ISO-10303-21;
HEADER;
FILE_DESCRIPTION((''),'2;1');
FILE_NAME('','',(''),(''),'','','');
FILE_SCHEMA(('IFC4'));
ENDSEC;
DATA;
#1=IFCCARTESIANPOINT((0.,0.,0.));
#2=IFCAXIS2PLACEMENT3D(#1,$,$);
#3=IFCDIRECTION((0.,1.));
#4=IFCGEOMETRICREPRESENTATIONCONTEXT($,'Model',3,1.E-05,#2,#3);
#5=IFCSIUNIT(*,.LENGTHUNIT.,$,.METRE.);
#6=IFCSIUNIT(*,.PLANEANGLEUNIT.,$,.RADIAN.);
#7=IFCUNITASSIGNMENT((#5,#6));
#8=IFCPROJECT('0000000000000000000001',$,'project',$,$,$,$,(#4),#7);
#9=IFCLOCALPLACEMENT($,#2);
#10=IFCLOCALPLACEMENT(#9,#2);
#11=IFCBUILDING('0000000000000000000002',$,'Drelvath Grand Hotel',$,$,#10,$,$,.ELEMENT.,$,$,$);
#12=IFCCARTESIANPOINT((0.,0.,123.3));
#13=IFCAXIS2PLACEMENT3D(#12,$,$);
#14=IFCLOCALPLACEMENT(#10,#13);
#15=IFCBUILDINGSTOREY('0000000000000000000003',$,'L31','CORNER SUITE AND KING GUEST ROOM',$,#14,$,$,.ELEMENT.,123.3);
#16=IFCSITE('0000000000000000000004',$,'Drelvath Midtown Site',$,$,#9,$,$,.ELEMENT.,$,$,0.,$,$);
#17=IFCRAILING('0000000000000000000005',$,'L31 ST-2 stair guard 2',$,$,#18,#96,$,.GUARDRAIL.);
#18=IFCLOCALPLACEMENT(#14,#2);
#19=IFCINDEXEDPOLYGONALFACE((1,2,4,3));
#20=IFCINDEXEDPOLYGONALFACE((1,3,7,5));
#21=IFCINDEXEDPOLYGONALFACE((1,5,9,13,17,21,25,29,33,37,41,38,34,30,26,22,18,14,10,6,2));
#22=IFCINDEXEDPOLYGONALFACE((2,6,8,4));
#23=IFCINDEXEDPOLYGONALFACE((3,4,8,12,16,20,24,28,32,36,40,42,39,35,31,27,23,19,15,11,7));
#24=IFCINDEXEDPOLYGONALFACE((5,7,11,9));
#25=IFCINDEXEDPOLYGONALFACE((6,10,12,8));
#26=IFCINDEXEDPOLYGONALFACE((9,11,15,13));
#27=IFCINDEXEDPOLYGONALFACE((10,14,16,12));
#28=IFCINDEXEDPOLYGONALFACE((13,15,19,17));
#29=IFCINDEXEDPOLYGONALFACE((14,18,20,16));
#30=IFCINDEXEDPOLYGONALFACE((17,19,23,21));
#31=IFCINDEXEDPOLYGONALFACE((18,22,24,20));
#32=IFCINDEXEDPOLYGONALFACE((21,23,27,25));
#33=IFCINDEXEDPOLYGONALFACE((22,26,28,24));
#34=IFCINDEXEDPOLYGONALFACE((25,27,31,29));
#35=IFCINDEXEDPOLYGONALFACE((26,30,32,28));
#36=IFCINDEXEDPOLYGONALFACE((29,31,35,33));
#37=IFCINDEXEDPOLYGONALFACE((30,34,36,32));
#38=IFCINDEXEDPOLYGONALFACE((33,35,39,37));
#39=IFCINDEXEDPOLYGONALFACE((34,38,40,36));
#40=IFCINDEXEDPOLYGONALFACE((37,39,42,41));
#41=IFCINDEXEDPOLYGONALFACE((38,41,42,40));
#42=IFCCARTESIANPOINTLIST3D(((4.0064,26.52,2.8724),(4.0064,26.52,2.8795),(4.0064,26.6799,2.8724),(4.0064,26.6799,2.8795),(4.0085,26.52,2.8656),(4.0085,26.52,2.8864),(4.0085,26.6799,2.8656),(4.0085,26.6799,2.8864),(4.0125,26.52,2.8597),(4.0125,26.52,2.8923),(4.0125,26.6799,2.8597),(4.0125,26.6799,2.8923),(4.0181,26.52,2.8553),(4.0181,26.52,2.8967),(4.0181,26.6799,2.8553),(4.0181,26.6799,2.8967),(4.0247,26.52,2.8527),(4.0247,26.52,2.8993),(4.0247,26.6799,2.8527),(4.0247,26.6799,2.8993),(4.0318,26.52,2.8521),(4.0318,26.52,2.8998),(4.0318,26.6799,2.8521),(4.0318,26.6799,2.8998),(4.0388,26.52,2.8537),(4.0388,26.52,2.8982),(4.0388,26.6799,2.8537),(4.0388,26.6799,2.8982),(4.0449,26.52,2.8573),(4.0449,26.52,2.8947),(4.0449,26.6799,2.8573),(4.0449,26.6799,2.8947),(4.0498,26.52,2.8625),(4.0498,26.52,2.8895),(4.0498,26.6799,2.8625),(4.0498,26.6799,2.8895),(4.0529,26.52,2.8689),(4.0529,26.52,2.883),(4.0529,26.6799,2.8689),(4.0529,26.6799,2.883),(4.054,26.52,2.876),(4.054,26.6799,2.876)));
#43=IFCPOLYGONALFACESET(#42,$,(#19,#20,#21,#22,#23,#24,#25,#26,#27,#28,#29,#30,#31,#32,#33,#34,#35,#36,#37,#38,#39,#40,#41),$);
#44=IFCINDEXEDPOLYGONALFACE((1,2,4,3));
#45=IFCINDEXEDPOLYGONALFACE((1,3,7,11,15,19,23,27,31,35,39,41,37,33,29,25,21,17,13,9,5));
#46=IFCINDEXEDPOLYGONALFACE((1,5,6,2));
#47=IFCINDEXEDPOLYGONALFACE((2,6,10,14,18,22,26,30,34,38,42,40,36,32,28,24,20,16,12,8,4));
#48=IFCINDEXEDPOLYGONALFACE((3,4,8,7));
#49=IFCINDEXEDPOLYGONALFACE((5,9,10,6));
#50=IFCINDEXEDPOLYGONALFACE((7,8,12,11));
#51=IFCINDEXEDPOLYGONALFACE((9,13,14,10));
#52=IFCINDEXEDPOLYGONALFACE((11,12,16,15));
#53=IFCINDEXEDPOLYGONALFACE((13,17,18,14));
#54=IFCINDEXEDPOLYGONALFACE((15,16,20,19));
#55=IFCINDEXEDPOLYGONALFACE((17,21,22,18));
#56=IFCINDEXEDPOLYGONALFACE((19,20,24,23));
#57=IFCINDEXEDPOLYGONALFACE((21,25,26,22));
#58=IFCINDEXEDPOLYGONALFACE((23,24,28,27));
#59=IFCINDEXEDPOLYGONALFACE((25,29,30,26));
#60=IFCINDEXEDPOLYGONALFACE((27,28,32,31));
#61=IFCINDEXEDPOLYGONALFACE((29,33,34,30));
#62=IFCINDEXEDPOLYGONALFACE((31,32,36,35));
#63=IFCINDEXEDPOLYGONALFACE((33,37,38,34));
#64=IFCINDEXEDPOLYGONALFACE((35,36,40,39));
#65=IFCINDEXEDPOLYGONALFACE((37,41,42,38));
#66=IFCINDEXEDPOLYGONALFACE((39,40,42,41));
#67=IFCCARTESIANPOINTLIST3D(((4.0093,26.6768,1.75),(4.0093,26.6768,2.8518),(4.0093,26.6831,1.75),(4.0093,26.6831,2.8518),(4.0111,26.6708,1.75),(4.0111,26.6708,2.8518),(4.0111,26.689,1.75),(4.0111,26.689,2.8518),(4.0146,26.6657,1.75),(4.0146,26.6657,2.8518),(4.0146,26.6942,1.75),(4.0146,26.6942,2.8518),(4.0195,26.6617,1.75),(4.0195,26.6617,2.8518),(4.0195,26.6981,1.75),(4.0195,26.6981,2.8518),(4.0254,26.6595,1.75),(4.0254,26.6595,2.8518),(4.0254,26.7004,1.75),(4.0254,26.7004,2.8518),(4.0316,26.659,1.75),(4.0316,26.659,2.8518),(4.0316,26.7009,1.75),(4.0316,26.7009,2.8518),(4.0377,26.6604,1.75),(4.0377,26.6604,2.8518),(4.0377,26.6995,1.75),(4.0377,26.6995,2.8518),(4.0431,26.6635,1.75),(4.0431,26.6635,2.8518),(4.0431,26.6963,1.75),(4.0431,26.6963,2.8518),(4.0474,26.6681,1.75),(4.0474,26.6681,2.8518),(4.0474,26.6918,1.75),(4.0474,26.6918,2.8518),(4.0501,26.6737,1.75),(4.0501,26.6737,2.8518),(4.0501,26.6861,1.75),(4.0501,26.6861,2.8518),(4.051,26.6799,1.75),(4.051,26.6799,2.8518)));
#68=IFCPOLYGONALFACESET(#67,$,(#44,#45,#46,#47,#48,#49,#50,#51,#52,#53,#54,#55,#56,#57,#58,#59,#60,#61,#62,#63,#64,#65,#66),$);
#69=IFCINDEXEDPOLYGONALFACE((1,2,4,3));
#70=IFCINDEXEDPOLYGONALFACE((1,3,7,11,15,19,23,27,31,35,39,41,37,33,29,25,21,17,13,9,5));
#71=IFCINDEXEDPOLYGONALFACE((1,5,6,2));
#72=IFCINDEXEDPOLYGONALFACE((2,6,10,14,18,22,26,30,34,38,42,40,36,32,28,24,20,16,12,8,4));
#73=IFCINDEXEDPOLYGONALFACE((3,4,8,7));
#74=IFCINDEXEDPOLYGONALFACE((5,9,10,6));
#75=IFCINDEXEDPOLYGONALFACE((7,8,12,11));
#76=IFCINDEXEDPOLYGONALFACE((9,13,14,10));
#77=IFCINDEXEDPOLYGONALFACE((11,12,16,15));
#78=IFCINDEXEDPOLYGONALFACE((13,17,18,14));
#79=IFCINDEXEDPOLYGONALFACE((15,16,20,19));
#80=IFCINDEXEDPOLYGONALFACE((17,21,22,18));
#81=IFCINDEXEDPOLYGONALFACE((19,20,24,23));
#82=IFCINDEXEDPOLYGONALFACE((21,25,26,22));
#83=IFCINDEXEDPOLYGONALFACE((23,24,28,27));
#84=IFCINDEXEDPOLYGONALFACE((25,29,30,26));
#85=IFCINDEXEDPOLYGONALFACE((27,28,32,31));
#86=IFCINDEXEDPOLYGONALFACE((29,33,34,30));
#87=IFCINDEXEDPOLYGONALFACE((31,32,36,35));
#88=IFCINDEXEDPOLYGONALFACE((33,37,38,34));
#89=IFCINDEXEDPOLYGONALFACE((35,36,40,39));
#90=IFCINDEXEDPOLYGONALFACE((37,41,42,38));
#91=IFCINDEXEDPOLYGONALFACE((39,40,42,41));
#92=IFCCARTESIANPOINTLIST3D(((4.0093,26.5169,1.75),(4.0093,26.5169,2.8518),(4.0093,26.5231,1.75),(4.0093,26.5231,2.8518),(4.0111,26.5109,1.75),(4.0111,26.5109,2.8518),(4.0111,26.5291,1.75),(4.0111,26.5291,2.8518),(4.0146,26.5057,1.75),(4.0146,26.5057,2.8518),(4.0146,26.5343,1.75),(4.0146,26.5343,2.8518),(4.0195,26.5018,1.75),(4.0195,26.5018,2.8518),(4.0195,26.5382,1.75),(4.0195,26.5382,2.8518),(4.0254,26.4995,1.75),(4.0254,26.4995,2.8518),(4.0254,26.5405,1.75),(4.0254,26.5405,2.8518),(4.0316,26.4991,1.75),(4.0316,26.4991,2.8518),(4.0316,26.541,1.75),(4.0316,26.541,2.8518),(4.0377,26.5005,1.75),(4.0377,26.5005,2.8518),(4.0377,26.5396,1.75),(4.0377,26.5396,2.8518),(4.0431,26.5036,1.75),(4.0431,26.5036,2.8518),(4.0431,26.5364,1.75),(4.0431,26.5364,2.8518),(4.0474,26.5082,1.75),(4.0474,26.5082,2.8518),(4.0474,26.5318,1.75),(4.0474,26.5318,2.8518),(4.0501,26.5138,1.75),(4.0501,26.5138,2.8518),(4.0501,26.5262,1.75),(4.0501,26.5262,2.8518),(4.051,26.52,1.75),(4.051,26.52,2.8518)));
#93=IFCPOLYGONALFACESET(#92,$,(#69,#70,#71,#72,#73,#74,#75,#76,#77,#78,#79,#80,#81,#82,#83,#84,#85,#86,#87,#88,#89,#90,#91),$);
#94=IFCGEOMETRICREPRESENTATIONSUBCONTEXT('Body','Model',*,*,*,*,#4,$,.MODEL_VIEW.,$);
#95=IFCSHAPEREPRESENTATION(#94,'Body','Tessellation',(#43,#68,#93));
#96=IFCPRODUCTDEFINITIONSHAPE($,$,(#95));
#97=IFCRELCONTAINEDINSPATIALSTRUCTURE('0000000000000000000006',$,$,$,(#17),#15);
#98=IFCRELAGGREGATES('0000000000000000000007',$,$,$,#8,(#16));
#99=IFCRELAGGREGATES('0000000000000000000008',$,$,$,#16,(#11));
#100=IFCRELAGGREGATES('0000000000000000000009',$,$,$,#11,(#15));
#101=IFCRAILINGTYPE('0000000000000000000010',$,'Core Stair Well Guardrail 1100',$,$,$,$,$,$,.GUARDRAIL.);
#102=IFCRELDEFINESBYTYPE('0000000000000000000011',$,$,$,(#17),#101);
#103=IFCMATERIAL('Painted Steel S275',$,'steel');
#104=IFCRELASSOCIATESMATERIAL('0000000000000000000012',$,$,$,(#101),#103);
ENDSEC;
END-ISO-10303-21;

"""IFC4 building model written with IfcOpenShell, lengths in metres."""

from ifc_helpers import new_model, si_unit, direction, frame, origin, origin_2d, place, context, subcontext, project, spatial, circle, extrude, material, type_object, element, save


model = new_model("IFC4")

# Units and contexts
model_context = context("Model", 3, precision=1e-05, world=origin(), true_north=direction((0.0, 1.0)))
body_context = subcontext(model_context, "Body", "Model", "MODEL_VIEW")
ifc_project = project(units=[si_unit("LENGTHUNIT", "METRE"), si_unit("PLANEANGLEUNIT", "RADIAN")], contexts=[model_context])

# Site, building, storey
site_placement = place(None, origin())
site = spatial("IfcSite", under=ifc_project, at=site_placement, Name="Drelvath Midtown Site", CompositionType="ELEMENT", RefElevation=0.0)
building_placement = place(site_placement, origin())
building = spatial("IfcBuilding", under=site, at=building_placement, Name="Drelvath Grand Hotel", CompositionType="ELEMENT")
storey_placement = place(building_placement, frame((0.0, 0.0, 123.3)))
storey = spatial("IfcBuildingStorey", under=building, at=storey_placement, Name="L31", Description="CORNER SUITE AND KING GUEST ROOM", CompositionType="ELEMENT", Elevation=123.3)

# Railing
ifc_material_1 = material(Name="Painted Steel S275", Category="steel")
railing_type_1 = type_object("IfcRailingType", Name="Core Stair Well Guardrail 1100", PredefinedType="GUARDRAIL", material=ifc_material_1)
railing_1_placement = place(storey_placement, frame((4.03, 26.6799, 1.75)))
element("IfcRailing", 1, at=railing_1_placement, inside=storey, type_object=railing_type_1, Name="L31 ST-2 stair guard 2", PredefinedType="GUARDRAIL", context=body_context, shape_type="SweptSolid", body=[
    extrude(circle(Radius=0.0239, at=origin_2d()), frame((0.0, 0.0, 1.126), z_axis=(0.0, -1.0, 0.0), x_axis=(1.0, 0.0, 0.0)), (0.0, 0.0, 1.0), 0.1599),
    extrude(circle(Radius=0.021, at=origin_2d()), origin(), (0.0, 0.0, 1.0), 1.1018),
    extrude(circle(Radius=0.021, at=origin_2d()), frame((0.0, -0.1599, 0.0)), (0.0, 0.0, 1.0), 1.1018),
])

save(model, "model.ifc")
